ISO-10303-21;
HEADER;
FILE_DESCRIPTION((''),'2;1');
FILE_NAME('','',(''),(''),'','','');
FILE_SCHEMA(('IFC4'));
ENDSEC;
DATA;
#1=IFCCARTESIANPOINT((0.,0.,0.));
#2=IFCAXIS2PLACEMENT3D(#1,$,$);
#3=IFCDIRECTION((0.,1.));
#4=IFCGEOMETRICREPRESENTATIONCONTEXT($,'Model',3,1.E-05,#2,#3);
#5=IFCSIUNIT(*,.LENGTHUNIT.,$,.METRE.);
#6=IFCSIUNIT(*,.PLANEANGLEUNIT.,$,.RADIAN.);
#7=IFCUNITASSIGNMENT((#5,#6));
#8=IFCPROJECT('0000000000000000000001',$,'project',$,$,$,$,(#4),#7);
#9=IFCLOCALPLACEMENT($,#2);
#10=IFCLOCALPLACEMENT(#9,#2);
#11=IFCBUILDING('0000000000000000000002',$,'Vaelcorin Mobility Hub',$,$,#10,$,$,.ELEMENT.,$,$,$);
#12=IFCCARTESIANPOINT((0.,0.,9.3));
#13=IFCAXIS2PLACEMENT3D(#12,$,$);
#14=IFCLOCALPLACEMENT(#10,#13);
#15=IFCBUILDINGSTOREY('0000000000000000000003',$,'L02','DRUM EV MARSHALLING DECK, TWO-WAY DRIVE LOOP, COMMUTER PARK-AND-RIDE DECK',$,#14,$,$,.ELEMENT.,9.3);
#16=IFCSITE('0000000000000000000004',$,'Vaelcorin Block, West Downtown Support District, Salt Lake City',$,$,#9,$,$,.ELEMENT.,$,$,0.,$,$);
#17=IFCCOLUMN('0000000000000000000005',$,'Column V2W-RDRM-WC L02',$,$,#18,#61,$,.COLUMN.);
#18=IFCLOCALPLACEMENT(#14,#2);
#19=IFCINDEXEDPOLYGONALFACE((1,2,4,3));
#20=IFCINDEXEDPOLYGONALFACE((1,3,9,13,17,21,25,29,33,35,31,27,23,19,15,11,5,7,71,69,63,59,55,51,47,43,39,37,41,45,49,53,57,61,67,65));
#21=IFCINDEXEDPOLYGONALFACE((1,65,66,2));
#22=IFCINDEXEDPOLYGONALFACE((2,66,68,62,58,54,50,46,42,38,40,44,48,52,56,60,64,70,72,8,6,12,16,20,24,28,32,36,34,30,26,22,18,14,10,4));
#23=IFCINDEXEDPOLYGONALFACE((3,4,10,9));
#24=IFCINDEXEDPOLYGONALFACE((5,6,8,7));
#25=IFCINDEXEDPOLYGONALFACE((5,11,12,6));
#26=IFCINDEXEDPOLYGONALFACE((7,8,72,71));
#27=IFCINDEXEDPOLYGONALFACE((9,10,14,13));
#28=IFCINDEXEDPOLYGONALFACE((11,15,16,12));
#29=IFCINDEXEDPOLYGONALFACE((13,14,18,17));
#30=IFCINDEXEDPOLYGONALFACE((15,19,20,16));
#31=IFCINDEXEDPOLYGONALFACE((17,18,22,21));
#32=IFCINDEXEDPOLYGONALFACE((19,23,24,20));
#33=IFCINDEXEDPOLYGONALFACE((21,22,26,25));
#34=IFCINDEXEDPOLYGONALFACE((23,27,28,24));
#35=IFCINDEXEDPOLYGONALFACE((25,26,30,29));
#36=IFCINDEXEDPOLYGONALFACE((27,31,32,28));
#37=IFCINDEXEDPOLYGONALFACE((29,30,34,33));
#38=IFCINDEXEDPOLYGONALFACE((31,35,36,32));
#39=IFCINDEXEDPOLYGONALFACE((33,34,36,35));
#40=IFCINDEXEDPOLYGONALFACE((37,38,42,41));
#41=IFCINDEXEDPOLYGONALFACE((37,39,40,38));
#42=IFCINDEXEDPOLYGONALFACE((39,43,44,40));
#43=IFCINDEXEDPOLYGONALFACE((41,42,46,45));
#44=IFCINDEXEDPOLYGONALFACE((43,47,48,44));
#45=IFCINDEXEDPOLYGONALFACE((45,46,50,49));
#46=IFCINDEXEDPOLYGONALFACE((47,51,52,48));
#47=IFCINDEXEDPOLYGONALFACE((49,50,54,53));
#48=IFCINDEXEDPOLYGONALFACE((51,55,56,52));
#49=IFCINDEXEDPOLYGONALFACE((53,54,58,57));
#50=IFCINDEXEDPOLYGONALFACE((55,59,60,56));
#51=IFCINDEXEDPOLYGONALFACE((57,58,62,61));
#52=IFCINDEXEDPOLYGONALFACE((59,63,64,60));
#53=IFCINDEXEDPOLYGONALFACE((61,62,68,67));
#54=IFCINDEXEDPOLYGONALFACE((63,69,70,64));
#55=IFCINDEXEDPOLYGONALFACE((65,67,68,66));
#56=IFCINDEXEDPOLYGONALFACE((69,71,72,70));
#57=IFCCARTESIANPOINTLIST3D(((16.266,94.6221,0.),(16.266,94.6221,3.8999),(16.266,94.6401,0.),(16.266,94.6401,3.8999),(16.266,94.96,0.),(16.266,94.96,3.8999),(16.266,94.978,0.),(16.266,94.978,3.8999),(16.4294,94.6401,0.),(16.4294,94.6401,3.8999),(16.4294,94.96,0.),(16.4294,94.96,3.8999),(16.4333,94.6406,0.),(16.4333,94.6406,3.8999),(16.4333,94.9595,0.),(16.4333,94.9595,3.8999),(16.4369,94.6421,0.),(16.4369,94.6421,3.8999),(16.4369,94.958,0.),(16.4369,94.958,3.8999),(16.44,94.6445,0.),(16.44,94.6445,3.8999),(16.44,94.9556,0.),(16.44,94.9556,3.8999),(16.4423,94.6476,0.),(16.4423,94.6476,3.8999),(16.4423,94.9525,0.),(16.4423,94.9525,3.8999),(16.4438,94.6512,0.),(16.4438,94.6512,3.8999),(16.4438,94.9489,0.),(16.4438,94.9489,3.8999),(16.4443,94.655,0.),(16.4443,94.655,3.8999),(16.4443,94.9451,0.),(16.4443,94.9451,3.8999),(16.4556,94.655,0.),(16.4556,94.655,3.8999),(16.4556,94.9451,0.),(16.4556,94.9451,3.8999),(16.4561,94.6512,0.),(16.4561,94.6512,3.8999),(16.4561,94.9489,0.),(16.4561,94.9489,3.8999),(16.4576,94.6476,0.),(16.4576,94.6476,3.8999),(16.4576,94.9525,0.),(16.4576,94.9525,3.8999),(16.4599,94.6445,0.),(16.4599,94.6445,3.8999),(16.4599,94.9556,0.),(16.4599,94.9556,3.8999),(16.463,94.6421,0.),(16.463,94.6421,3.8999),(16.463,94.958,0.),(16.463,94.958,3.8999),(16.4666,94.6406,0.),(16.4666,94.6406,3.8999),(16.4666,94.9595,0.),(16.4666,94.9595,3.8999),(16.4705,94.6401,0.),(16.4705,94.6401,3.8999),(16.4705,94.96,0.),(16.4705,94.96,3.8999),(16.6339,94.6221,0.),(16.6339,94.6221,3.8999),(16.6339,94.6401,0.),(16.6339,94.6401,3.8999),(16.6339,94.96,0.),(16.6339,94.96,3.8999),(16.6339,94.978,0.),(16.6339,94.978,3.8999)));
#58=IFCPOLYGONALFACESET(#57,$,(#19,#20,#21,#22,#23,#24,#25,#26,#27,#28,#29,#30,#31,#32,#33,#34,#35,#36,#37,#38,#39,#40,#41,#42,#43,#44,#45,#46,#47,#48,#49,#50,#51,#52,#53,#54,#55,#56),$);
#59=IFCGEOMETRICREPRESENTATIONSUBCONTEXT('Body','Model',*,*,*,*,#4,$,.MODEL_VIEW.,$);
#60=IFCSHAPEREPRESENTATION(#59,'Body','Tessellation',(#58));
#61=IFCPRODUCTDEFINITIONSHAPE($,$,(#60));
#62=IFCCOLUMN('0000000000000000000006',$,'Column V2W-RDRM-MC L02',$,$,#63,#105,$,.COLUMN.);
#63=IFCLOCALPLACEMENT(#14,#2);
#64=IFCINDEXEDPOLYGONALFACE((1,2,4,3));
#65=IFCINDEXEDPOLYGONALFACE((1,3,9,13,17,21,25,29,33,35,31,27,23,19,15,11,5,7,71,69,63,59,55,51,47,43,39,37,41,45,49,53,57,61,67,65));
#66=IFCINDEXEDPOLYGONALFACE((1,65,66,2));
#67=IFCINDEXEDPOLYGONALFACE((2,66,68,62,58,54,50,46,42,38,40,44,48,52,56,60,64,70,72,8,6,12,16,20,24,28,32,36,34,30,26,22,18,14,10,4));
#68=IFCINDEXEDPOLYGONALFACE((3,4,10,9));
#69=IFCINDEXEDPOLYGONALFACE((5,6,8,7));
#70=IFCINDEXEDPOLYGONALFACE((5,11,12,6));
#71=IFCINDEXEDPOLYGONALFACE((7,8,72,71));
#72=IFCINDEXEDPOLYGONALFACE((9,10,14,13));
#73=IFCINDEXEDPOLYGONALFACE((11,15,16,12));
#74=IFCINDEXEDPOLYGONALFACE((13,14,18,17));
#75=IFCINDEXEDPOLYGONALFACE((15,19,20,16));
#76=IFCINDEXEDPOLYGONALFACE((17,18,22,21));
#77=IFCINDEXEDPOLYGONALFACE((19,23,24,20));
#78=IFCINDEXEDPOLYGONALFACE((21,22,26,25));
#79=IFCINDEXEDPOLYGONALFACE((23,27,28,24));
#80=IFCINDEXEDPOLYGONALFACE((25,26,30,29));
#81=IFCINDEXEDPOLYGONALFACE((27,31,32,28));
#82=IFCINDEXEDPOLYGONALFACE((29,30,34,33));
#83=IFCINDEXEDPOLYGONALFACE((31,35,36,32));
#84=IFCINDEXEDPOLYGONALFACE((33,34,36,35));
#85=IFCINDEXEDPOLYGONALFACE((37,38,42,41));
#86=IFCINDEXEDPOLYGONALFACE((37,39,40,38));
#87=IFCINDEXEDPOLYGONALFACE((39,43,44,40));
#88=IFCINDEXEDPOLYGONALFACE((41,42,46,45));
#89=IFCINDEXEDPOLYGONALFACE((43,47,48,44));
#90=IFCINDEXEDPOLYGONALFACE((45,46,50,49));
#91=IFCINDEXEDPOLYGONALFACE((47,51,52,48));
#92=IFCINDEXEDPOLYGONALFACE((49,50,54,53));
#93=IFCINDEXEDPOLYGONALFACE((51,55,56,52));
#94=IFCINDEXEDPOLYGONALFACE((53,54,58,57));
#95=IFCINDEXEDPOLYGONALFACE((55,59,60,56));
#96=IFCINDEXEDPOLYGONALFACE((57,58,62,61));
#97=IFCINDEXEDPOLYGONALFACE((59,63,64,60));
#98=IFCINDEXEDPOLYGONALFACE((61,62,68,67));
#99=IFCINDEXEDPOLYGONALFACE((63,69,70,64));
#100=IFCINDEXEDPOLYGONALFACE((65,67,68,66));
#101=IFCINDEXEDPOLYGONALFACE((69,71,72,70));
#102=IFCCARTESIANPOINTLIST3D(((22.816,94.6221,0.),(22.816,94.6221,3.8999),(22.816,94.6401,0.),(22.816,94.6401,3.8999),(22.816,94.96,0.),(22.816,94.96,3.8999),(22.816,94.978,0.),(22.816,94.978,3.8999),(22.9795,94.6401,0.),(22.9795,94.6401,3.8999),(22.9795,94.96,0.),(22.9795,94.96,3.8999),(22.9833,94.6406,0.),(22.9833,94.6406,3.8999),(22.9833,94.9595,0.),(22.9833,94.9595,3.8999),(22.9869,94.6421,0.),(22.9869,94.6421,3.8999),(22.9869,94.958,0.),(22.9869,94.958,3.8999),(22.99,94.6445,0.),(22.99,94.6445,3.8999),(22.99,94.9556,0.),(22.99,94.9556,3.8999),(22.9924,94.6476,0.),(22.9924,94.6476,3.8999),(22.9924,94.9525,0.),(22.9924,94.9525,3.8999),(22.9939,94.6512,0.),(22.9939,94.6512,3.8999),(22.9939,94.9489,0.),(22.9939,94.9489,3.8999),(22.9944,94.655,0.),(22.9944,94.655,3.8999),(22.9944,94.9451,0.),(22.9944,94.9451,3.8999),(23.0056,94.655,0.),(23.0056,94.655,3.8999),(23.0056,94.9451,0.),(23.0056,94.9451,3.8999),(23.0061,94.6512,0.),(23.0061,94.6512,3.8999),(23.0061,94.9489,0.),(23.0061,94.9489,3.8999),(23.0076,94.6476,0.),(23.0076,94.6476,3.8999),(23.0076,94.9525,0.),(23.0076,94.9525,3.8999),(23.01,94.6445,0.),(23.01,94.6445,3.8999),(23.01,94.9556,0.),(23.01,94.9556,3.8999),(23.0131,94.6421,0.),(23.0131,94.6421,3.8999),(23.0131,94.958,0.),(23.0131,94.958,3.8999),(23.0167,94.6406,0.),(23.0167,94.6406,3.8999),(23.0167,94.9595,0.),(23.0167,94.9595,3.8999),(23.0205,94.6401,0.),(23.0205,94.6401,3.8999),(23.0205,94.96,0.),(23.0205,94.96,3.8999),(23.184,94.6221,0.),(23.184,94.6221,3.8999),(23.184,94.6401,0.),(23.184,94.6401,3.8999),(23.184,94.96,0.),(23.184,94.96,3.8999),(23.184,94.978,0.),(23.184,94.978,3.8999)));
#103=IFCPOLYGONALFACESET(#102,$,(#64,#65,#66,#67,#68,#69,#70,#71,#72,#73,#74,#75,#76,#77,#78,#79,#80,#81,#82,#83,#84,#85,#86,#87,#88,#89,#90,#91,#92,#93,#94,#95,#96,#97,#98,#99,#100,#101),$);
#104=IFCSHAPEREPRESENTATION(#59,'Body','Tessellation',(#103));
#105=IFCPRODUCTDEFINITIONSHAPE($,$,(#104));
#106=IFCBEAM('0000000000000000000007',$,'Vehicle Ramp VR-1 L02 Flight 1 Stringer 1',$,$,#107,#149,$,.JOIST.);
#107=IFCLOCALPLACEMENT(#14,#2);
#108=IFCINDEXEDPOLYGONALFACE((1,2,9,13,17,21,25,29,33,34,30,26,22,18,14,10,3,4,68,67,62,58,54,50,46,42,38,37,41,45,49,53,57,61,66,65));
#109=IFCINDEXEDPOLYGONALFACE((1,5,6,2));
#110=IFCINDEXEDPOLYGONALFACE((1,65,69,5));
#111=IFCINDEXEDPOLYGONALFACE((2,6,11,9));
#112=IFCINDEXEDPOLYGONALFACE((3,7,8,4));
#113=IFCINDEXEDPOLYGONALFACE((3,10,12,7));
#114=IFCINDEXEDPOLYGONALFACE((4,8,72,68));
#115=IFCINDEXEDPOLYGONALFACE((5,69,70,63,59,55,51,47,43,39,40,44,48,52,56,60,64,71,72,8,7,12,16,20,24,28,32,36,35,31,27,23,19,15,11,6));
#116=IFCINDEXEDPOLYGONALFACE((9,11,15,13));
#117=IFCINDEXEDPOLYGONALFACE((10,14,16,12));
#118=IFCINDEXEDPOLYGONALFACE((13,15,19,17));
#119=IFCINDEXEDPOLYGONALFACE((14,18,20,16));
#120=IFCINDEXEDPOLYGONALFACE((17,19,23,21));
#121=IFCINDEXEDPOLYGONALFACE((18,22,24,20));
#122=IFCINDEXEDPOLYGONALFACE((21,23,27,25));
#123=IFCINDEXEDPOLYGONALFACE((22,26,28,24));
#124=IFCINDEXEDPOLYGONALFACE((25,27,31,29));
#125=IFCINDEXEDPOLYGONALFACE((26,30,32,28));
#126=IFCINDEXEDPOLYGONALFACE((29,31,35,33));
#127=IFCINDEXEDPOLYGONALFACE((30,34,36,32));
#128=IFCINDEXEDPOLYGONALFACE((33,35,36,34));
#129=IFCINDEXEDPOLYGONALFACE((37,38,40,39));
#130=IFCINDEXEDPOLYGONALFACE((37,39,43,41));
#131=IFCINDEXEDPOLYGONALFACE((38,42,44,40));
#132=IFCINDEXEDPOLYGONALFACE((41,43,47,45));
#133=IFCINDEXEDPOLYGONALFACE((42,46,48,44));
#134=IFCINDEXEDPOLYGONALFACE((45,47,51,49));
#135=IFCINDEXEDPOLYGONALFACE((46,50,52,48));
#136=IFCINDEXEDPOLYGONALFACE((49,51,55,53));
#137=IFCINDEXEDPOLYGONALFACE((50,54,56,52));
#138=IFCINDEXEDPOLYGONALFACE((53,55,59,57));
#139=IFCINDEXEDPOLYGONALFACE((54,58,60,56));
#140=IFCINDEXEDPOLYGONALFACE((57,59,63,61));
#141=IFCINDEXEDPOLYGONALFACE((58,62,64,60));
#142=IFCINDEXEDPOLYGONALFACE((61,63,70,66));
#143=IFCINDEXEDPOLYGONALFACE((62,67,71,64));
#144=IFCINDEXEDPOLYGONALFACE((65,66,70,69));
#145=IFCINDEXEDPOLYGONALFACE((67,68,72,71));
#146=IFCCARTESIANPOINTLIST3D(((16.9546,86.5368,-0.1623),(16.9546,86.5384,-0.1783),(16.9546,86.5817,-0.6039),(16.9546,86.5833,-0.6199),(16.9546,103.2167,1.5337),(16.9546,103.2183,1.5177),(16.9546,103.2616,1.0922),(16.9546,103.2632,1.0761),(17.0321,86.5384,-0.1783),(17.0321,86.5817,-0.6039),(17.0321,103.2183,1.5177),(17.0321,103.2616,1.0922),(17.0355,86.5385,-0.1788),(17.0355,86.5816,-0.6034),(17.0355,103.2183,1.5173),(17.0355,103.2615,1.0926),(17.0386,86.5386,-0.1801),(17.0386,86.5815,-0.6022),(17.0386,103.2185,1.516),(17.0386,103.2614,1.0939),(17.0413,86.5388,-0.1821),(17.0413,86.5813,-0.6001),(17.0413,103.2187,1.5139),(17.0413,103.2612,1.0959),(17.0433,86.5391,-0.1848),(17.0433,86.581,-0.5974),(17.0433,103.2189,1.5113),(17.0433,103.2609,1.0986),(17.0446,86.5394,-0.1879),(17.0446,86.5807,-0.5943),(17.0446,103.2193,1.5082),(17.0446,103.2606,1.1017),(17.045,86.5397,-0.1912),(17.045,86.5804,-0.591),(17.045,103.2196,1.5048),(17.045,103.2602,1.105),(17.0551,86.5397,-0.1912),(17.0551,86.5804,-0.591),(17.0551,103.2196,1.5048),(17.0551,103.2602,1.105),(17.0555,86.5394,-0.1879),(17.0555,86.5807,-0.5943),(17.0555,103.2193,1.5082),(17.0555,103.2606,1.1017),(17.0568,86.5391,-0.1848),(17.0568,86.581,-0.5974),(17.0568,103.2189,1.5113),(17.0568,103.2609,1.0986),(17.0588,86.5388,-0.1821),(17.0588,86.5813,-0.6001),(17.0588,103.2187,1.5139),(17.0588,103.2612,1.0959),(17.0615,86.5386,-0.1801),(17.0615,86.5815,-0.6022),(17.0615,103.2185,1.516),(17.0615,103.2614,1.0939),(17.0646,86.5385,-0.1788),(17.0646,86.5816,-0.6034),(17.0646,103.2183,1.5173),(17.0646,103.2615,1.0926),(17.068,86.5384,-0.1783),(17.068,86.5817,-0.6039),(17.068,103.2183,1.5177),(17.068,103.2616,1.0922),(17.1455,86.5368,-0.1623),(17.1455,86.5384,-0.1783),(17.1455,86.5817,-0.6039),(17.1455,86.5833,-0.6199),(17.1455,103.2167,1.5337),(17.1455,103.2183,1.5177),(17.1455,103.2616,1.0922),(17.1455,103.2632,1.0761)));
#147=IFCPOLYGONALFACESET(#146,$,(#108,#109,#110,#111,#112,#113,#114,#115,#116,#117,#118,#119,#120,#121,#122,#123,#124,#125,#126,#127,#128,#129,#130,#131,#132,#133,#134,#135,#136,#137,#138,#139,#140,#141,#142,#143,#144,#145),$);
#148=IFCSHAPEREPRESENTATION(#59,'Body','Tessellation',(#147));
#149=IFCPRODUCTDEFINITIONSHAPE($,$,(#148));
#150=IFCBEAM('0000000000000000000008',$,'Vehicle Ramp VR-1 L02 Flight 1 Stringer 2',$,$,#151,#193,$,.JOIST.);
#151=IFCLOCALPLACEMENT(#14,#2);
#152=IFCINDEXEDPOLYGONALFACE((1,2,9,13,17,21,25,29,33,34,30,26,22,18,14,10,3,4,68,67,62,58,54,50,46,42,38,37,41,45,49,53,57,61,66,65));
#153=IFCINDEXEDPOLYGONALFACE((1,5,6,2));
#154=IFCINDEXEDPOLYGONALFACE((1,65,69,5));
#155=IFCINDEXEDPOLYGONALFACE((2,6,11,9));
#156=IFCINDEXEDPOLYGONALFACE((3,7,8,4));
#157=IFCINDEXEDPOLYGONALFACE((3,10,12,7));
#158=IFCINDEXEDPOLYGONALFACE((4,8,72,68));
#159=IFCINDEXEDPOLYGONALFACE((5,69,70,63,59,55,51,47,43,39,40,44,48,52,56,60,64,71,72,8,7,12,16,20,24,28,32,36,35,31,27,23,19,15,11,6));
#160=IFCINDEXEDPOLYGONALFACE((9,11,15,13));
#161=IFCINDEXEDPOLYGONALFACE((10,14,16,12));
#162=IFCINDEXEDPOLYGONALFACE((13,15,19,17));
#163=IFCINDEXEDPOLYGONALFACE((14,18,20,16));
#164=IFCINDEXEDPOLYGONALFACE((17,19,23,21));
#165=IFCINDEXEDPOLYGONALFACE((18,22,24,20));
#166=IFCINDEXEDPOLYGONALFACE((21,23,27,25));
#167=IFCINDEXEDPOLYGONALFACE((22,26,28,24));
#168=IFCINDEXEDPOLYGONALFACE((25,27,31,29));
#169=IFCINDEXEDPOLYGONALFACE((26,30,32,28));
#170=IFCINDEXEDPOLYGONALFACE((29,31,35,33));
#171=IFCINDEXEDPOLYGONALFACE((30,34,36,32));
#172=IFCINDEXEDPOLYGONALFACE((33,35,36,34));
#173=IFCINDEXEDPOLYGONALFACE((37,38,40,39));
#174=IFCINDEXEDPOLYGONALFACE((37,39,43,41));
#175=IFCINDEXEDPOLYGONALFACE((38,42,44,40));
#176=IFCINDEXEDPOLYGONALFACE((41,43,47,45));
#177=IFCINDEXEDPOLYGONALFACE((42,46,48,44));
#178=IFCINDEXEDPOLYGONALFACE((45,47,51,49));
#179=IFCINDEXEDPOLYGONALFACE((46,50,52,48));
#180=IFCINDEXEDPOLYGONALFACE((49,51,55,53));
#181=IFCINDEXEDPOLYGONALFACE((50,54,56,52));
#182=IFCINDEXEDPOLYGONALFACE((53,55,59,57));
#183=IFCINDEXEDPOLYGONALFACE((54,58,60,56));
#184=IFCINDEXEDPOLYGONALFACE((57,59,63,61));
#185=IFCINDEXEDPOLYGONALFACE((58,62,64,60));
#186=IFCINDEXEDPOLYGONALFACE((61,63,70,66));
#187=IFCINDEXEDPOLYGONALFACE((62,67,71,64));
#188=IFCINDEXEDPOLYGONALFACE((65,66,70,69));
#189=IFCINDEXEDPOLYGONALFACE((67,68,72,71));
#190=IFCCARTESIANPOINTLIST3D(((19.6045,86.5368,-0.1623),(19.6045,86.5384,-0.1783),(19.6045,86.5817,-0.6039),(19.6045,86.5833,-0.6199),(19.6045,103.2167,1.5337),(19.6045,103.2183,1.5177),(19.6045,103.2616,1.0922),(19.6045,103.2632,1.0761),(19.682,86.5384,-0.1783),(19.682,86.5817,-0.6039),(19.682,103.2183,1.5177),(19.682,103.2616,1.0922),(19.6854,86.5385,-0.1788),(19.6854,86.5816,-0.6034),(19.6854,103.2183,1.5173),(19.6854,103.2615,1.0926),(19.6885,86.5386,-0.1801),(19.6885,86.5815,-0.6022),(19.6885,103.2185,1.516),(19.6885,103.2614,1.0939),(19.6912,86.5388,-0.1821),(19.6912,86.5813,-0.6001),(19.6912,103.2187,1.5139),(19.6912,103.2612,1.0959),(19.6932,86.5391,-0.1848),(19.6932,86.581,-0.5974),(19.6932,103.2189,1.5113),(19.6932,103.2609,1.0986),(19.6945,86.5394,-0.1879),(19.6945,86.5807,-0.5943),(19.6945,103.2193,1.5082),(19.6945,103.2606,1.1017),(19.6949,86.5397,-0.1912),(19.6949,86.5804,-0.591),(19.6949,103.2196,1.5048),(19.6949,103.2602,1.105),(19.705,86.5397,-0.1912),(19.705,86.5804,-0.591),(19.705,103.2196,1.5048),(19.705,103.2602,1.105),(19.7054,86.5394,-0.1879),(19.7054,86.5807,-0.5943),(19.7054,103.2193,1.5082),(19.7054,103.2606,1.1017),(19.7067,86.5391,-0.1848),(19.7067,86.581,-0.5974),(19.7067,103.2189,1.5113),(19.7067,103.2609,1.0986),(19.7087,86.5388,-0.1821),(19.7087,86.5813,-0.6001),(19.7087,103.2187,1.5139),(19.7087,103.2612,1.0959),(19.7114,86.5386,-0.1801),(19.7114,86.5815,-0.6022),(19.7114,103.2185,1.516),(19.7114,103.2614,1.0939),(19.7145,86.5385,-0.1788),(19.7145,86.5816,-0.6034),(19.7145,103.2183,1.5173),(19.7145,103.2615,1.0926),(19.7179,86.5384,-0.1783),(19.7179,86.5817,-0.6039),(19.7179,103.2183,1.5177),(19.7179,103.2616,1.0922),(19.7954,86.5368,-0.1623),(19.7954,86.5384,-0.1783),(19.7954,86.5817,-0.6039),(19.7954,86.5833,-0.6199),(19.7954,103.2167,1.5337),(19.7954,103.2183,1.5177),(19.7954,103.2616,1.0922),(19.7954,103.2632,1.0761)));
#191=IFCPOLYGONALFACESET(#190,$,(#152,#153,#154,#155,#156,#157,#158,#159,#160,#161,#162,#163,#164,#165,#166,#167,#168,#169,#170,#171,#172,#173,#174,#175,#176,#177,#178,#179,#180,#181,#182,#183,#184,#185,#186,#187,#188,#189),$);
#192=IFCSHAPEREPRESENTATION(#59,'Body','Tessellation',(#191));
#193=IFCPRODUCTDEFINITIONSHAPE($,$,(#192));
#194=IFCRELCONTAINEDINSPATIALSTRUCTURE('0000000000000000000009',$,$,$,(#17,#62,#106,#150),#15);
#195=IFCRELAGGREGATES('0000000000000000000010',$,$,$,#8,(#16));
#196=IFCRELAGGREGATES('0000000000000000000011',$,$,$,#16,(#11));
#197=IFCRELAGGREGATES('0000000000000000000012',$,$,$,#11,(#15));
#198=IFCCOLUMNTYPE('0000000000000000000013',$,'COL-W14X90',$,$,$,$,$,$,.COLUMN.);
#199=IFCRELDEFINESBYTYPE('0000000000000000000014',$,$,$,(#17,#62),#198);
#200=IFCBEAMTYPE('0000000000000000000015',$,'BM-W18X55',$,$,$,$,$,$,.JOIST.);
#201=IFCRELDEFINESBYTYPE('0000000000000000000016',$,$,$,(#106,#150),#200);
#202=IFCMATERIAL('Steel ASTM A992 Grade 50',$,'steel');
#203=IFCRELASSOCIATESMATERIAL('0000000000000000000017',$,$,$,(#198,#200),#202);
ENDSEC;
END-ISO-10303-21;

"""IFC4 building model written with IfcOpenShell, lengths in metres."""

from ifc_helpers import new_model, si_unit, direction, frame, origin, origin_2d, place, context, subcontext, project, spatial, i_section, extrude, material, material_profile, profile_set, type_object, element, save


model = new_model("IFC4")

# Units and contexts
model_context = context("Model", 3, precision=1e-05, world=origin(), true_north=direction((0.0, 1.0)))
body_context = subcontext(model_context, "Body", "Model", "MODEL_VIEW")
ifc_project = project(units=[si_unit("LENGTHUNIT", "METRE"), si_unit("PLANEANGLEUNIT", "RADIAN")], contexts=[model_context])

# Site, building, storey
site_placement = place(None, origin())
site = spatial("IfcSite", under=ifc_project, at=site_placement, Name="Vaelcorin Block, West Downtown Support District, Salt Lake City", CompositionType="ELEMENT", RefElevation=0.0)
building_placement = place(site_placement, origin())
building = spatial("IfcBuilding", under=site, at=building_placement, Name="Vaelcorin Mobility Hub", CompositionType="ELEMENT")
storey_placement = place(building_placement, frame((0.0, 0.0, 9.3)))
storey = spatial("IfcBuildingStorey", under=building, at=storey_placement, Name="L02", Description="DRUM EV MARSHALLING DECK, TWO-WAY DRIVE LOOP, COMMUTER PARK-AND-RIDE DECK", CompositionType="ELEMENT", Elevation=9.3)

# Columns
ifc_material_1 = material(Name="Steel ASTM A992 Grade 50", Category="steel")
ifc_material_profile_1 = material_profile(ifc_material_1, i_section(OverallWidth=0.3679, OverallDepth=0.356, WebThickness=0.0112, FlangeThickness=0.0181, FilletRadius=0.0149, at=origin_2d()), Name="W14X90")
ifc_profile_set_1 = profile_set([ifc_material_profile_1], Name="Steel ASTM A992 Grade 50")
column_type_1 = type_object("IfcColumnType", Name="COL-W14X90", PredefinedType="COLUMN", material=ifc_profile_set_1)
for number, where, z_axis, x_axis, name in (
    (1, (16.45, 94.8, 0.0), (0.0, 0.0, 1.0), (1.0, 0.0, 0.0), "Column V2W-RDRM-WC L02"),
    (2, (23.0, 94.8, 0.0), (0.0, 0.0, 1.0), (1.0, 0.0, 0.0), "Column V2W-RDRM-MC L02"),
):
    element("IfcColumn", number, at=place(storey_placement, frame(where, z_axis=z_axis, x_axis=x_axis)), inside=storey, type_object=column_type_1, Name=name, PredefinedType="COLUMN", context=body_context, shape_type="SweptSolid", body=[
        extrude(i_section(OverallWidth=0.3679, OverallDepth=0.356, WebThickness=0.0112, FlangeThickness=0.0181, FilletRadius=0.0149, at=origin_2d()), origin(), (0.0, 0.0, 1.0), 3.8999),
    ])

# Beams
ifc_material_profile_2 = material_profile(ifc_material_1, i_section(OverallWidth=0.1909, OverallDepth=0.46, WebThickness=0.01, FlangeThickness=0.0161, FilletRadius=0.0129, at=origin_2d()), Name="W18X55")
ifc_profile_set_2 = profile_set([ifc_material_profile_2], Name="Steel ASTM A992 Grade 50")
beam_type_1 = type_object("IfcBeamType", Name="BM-W18X55", PredefinedType="JOIST", material=ifc_profile_set_2)
for number, where, z_axis, x_axis, name in (
    (3, (17.05, 86.5601, -0.3911), (0.0, 0.99487, 0.10116), (-1.0, 0.0, 0.0), "Vehicle Ramp VR-1 L02 Flight 1 Stringer 1"),
    (4, (19.7, 86.5601, -0.3911), (0.0, 0.99487, 0.10116), (-1.0, 0.0, 0.0), "Vehicle Ramp VR-1 L02 Flight 1 Stringer 2"),
):
    element("IfcBeam", number, at=place(storey_placement, frame(where, z_axis=z_axis, x_axis=x_axis)), inside=storey, type_object=beam_type_1, Name=name, PredefinedType="JOIST", context=body_context, shape_type="SweptSolid", body=[
        extrude(i_section(OverallWidth=0.1909, OverallDepth=0.46, WebThickness=0.01, FlangeThickness=0.0161, FilletRadius=0.0129, at=origin_2d()), origin(), (0.0, 0.0, 1.0), 16.7659),
    ])

save(model, "model.ifc")
